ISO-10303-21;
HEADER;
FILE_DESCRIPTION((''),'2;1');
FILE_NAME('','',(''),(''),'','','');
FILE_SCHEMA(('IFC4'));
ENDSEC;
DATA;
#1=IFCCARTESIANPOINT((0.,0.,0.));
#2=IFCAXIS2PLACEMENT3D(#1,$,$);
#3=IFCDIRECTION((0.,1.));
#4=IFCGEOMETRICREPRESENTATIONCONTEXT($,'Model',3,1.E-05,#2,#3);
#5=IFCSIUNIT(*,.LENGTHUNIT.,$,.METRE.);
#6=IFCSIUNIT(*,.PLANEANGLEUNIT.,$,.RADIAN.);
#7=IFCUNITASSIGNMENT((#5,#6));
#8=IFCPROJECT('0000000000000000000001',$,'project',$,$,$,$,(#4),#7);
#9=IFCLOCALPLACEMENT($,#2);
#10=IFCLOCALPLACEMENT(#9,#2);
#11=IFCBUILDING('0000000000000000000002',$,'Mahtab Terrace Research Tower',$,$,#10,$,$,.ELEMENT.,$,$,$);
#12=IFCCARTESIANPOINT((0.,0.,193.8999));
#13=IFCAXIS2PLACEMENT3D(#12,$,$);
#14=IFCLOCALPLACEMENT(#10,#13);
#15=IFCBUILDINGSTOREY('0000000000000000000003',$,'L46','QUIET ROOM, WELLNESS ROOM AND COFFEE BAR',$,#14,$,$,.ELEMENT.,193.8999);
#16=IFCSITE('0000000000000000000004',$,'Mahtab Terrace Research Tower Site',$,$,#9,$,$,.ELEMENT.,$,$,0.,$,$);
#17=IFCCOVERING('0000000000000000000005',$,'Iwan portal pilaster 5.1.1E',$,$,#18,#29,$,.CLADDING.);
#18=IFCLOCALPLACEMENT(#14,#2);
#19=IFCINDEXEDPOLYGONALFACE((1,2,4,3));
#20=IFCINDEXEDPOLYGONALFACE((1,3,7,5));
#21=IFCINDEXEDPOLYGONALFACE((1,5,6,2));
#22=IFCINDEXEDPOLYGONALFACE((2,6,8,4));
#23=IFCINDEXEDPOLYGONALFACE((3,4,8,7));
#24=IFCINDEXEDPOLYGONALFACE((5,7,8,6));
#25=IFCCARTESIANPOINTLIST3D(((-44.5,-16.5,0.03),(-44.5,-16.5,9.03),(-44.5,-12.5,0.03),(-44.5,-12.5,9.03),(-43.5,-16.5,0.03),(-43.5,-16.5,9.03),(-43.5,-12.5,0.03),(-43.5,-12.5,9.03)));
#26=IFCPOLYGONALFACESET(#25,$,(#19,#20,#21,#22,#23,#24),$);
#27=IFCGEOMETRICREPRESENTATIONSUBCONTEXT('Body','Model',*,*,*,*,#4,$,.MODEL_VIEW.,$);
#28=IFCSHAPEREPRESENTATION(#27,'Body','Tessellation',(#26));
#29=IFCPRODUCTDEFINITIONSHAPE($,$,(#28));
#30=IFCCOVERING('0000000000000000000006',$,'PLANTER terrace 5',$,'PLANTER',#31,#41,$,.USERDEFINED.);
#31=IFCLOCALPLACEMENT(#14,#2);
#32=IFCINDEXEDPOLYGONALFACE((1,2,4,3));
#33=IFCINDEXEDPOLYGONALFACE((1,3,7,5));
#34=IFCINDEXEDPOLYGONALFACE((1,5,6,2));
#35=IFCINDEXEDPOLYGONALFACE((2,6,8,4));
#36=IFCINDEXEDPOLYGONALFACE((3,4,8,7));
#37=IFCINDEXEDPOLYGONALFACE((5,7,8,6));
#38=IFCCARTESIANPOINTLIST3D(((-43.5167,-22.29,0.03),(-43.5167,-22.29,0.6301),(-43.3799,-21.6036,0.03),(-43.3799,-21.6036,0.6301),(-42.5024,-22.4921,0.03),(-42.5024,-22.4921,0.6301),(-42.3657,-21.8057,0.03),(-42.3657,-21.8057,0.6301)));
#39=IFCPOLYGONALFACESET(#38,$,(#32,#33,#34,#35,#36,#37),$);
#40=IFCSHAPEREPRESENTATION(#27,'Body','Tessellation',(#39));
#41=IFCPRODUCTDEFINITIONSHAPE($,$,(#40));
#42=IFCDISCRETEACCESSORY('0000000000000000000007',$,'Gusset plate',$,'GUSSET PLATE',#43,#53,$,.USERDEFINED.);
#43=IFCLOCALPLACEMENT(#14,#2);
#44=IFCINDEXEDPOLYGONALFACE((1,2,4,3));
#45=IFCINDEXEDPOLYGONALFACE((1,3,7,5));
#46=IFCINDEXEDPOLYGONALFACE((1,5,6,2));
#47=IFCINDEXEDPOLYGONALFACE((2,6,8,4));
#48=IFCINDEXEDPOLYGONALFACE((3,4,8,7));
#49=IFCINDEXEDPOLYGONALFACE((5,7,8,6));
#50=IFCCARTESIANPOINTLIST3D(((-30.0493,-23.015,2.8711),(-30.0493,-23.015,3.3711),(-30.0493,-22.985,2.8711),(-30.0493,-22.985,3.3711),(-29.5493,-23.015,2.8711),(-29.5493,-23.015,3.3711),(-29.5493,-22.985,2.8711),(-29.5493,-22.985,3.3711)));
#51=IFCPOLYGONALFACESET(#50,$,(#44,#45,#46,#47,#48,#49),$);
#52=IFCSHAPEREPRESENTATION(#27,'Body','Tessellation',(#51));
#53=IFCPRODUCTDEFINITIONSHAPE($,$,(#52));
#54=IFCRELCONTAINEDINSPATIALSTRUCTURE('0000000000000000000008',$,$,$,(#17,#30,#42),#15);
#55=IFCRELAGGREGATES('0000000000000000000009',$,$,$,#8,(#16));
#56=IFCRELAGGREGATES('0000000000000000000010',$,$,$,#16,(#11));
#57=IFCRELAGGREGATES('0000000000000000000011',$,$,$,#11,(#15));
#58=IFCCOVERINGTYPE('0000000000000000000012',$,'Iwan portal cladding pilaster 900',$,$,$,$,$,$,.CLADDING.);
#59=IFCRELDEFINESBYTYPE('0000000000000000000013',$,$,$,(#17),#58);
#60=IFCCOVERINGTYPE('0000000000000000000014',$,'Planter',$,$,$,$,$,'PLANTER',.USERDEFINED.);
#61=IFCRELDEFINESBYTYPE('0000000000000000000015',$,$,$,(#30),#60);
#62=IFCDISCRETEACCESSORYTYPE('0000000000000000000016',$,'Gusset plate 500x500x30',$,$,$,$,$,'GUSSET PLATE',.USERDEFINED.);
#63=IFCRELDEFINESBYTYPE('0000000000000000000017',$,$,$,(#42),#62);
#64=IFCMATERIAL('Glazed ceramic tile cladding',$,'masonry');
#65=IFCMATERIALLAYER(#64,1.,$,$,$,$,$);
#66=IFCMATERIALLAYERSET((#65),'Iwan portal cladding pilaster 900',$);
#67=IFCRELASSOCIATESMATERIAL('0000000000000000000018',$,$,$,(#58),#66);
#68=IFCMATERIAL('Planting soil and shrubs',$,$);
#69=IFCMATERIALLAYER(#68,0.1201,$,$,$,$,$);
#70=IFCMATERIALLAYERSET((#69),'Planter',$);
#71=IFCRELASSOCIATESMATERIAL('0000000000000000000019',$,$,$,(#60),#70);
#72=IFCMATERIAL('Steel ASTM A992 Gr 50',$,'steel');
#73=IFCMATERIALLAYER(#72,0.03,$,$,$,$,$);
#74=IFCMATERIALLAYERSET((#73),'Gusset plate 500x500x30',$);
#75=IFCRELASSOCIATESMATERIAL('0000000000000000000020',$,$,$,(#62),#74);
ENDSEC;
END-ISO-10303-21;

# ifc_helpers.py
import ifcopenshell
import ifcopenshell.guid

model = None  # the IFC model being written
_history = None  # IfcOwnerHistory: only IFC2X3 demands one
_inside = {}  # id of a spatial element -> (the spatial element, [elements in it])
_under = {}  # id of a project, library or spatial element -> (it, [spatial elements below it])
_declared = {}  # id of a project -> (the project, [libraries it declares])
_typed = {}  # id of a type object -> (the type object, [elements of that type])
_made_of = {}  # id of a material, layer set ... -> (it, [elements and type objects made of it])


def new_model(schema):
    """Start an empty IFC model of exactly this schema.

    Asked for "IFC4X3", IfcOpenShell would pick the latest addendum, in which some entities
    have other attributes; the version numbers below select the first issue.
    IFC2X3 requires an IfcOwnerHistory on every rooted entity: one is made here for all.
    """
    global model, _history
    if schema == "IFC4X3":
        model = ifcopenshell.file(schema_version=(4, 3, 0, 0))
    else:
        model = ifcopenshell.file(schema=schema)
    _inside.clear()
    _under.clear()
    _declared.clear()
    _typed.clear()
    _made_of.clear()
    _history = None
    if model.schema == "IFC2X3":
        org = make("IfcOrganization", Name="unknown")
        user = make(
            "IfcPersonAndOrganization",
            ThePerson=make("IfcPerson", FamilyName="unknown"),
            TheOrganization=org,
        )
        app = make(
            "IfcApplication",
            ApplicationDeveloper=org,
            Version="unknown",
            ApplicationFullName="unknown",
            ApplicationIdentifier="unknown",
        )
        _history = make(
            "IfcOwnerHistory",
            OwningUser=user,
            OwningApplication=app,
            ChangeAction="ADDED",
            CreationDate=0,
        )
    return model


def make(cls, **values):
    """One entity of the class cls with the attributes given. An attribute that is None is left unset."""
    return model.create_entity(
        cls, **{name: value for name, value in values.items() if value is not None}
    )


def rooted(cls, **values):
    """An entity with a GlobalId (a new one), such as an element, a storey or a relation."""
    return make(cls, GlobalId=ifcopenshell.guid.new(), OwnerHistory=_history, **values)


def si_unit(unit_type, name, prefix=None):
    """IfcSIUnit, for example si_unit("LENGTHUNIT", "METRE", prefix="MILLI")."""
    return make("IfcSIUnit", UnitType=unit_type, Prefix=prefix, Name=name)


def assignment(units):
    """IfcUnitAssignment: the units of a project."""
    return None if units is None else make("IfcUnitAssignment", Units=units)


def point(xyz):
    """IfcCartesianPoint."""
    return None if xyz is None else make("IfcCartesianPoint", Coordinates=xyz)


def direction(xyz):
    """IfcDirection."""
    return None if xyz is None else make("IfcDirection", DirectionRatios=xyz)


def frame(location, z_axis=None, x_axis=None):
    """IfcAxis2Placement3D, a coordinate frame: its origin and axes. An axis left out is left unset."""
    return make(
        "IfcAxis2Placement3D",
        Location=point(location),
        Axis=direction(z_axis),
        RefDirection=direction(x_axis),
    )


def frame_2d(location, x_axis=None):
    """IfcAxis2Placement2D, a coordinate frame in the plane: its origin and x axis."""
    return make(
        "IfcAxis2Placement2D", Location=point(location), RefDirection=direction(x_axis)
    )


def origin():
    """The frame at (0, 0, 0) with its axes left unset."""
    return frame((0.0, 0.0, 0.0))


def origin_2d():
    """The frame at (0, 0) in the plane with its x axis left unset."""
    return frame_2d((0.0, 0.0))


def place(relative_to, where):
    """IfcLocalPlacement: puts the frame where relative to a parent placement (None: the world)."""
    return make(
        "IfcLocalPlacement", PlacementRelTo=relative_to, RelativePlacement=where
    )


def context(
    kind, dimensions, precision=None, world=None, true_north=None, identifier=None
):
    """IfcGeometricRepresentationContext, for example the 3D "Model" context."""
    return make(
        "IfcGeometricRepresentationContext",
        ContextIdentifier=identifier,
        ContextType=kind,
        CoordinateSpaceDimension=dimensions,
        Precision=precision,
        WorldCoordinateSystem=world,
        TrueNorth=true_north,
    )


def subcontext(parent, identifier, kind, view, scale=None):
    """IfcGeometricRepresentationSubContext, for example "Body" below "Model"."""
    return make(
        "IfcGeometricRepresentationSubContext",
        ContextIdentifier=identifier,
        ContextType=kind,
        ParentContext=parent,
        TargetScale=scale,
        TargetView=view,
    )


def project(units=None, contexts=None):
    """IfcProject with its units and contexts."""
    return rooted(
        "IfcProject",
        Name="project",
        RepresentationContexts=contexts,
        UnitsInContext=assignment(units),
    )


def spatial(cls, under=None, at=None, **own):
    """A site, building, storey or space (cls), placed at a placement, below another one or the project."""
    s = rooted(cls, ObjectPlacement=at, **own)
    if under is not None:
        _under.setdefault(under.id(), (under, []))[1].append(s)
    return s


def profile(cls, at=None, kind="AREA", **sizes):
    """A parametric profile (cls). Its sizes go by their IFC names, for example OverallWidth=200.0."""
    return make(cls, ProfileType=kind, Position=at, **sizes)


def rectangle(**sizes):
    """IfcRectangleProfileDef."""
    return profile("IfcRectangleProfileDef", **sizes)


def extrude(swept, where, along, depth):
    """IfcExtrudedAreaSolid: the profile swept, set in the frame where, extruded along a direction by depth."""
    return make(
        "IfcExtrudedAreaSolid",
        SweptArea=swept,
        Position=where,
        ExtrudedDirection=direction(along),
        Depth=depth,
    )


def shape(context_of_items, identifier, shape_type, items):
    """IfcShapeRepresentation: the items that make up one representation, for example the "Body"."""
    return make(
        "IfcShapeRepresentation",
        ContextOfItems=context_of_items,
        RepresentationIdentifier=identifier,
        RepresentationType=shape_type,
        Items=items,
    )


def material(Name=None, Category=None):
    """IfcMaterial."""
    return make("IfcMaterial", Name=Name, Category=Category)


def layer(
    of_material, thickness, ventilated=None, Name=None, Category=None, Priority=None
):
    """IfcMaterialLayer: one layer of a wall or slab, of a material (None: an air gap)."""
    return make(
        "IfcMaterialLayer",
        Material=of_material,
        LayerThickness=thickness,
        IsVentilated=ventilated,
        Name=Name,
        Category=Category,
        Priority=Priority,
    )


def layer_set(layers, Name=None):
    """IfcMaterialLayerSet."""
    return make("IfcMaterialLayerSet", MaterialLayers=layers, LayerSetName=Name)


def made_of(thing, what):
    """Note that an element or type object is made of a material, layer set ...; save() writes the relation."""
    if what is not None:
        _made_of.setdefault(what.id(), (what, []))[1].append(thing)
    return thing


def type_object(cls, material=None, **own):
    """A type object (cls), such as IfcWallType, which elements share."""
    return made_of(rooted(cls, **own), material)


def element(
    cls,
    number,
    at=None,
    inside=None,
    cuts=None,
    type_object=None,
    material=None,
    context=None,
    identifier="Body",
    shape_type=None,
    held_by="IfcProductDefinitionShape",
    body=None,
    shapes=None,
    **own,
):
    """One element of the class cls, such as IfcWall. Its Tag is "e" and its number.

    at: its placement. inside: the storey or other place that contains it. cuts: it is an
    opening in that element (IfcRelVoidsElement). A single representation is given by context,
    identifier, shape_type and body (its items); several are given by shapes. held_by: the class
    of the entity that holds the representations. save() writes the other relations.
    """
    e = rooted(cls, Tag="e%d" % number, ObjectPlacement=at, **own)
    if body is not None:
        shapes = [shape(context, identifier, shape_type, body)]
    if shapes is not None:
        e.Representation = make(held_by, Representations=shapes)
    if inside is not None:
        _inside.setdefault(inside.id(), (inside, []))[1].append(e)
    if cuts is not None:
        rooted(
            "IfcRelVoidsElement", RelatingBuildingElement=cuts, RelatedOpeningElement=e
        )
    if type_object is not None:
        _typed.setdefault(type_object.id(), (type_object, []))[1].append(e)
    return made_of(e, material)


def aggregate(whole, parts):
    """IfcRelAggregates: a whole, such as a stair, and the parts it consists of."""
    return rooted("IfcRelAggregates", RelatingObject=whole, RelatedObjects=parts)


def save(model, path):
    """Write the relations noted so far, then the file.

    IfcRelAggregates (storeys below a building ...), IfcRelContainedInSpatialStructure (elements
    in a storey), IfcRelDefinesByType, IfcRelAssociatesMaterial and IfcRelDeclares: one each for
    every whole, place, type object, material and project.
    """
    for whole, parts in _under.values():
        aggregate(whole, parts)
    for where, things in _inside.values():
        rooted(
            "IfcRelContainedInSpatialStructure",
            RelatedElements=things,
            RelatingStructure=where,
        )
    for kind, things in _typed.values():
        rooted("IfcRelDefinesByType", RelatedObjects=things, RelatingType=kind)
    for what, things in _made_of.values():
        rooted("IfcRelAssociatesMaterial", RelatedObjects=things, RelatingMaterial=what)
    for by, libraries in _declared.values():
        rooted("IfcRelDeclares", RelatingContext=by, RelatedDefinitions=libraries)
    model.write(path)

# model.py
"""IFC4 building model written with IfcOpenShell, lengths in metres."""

from ifc_helpers import new_model, si_unit, direction, frame, origin, origin_2d, place, context, subcontext, project, spatial, rectangle, extrude, material, layer, layer_set, type_object, element, save


model = new_model("IFC4")

# Units and contexts
model_context = context("Model", 3, precision=1e-05, world=origin(), true_north=direction((0.0, 1.0)))
body_context = subcontext(model_context, "Body", "Model", "MODEL_VIEW")
ifc_project = project(units=[si_unit("LENGTHUNIT", "METRE"), si_unit("PLANEANGLEUNIT", "RADIAN")], contexts=[model_context])

# Site, building, storey
site_placement = place(None, origin())
site = spatial("IfcSite", under=ifc_project, at=site_placement, Name="Mahtab Terrace Research Tower Site", CompositionType="ELEMENT", RefElevation=0.0)
building_placement = place(site_placement, origin())
building = spatial("IfcBuilding", under=site, at=building_placement, Name="Mahtab Terrace Research Tower", CompositionType="ELEMENT")
storey_placement = place(building_placement, frame((0.0, 0.0, 193.8999)))
storey = spatial("IfcBuildingStorey", under=building, at=storey_placement, Name="L46", Description="QUIET ROOM, WELLNESS ROOM AND COFFEE BAR", CompositionType="ELEMENT", Elevation=193.8999)

# Coverings
ifc_material_1 = material(Name="Glazed ceramic tile cladding", Category="masonry")
ifc_layer_1 = layer(ifc_material_1, 1.0)
ifc_layer_set_1 = layer_set([ifc_layer_1], Name="Iwan portal cladding pilaster 900")
covering_type_1 = type_object("IfcCoveringType", Name="Iwan portal cladding pilaster 900", PredefinedType="CLADDING", material=ifc_layer_set_1)
covering_1_placement = place(storey_placement, frame((-44.0, -14.5, 0.03), z_axis=(0.0, 0.0, 1.0), x_axis=(0.0, -1.0, 0.0)))
element("IfcCovering", 1, at=covering_1_placement, inside=storey, type_object=covering_type_1, Name="Iwan portal pilaster 5.1.1E", PredefinedType="CLADDING", context=body_context, shape_type="SweptSolid", body=[
    extrude(rectangle(XDim=4.0, YDim=1.0, at=origin_2d()), origin(), (0.0, 0.0, 1.0), 9.0),
])
ifc_material_2 = material(Name="Planting soil and shrubs")
ifc_layer_2 = layer(ifc_material_2, 0.1201)
ifc_layer_set_2 = layer_set([ifc_layer_2], Name="Planter")
covering_type_2 = type_object("IfcCoveringType", Name="Planter", ElementType="PLANTER", PredefinedType="USERDEFINED", material=ifc_layer_set_2)
covering_2_placement = place(storey_placement, frame((-42.9412, -22.0479, 0.03), z_axis=(0.0, 0.0, 1.0), x_axis=(0.980725, -0.195395, 0.0)))
element("IfcCovering", 2, at=covering_2_placement, inside=storey, type_object=covering_type_2, Name="PLANTER terrace 5", ObjectType="PLANTER", PredefinedType="USERDEFINED", context=body_context, shape_type="SweptSolid", body=[
    extrude(rectangle(XDim=1.0342, YDim=0.7, at=origin_2d()), origin(), (0.0, 0.0, 1.0), 0.6001),
])

# Discrete accessory
ifc_material_3 = material(Name="Steel ASTM A992 Gr 50", Category="steel")
ifc_layer_3 = layer(ifc_material_3, 0.03)
ifc_layer_set_3 = layer_set([ifc_layer_3], Name="Gusset plate 500x500x30")
discrete_accessory_type = type_object("IfcDiscreteAccessoryType", Name="Gusset plate 500x500x30", ElementType="GUSSET PLATE", PredefinedType="USERDEFINED", material=ifc_layer_set_3)
discrete_accessory_placement = place(storey_placement, frame((-29.7993, -23.0, 2.8711), z_axis=(0.0, 0.0, 1.0), x_axis=(1.0, 0.0, 0.0)))
element("IfcDiscreteAccessory", 3, at=discrete_accessory_placement, inside=storey, type_object=discrete_accessory_type, Name="Gusset plate", ObjectType="GUSSET PLATE", PredefinedType="USERDEFINED", context=body_context, shape_type="SweptSolid", body=[
    extrude(rectangle(XDim=0.5, YDim=0.03, at=origin_2d()), origin(), (0.0, 0.0, 1.0), 0.5),
])

save(model, "model.ifc")
